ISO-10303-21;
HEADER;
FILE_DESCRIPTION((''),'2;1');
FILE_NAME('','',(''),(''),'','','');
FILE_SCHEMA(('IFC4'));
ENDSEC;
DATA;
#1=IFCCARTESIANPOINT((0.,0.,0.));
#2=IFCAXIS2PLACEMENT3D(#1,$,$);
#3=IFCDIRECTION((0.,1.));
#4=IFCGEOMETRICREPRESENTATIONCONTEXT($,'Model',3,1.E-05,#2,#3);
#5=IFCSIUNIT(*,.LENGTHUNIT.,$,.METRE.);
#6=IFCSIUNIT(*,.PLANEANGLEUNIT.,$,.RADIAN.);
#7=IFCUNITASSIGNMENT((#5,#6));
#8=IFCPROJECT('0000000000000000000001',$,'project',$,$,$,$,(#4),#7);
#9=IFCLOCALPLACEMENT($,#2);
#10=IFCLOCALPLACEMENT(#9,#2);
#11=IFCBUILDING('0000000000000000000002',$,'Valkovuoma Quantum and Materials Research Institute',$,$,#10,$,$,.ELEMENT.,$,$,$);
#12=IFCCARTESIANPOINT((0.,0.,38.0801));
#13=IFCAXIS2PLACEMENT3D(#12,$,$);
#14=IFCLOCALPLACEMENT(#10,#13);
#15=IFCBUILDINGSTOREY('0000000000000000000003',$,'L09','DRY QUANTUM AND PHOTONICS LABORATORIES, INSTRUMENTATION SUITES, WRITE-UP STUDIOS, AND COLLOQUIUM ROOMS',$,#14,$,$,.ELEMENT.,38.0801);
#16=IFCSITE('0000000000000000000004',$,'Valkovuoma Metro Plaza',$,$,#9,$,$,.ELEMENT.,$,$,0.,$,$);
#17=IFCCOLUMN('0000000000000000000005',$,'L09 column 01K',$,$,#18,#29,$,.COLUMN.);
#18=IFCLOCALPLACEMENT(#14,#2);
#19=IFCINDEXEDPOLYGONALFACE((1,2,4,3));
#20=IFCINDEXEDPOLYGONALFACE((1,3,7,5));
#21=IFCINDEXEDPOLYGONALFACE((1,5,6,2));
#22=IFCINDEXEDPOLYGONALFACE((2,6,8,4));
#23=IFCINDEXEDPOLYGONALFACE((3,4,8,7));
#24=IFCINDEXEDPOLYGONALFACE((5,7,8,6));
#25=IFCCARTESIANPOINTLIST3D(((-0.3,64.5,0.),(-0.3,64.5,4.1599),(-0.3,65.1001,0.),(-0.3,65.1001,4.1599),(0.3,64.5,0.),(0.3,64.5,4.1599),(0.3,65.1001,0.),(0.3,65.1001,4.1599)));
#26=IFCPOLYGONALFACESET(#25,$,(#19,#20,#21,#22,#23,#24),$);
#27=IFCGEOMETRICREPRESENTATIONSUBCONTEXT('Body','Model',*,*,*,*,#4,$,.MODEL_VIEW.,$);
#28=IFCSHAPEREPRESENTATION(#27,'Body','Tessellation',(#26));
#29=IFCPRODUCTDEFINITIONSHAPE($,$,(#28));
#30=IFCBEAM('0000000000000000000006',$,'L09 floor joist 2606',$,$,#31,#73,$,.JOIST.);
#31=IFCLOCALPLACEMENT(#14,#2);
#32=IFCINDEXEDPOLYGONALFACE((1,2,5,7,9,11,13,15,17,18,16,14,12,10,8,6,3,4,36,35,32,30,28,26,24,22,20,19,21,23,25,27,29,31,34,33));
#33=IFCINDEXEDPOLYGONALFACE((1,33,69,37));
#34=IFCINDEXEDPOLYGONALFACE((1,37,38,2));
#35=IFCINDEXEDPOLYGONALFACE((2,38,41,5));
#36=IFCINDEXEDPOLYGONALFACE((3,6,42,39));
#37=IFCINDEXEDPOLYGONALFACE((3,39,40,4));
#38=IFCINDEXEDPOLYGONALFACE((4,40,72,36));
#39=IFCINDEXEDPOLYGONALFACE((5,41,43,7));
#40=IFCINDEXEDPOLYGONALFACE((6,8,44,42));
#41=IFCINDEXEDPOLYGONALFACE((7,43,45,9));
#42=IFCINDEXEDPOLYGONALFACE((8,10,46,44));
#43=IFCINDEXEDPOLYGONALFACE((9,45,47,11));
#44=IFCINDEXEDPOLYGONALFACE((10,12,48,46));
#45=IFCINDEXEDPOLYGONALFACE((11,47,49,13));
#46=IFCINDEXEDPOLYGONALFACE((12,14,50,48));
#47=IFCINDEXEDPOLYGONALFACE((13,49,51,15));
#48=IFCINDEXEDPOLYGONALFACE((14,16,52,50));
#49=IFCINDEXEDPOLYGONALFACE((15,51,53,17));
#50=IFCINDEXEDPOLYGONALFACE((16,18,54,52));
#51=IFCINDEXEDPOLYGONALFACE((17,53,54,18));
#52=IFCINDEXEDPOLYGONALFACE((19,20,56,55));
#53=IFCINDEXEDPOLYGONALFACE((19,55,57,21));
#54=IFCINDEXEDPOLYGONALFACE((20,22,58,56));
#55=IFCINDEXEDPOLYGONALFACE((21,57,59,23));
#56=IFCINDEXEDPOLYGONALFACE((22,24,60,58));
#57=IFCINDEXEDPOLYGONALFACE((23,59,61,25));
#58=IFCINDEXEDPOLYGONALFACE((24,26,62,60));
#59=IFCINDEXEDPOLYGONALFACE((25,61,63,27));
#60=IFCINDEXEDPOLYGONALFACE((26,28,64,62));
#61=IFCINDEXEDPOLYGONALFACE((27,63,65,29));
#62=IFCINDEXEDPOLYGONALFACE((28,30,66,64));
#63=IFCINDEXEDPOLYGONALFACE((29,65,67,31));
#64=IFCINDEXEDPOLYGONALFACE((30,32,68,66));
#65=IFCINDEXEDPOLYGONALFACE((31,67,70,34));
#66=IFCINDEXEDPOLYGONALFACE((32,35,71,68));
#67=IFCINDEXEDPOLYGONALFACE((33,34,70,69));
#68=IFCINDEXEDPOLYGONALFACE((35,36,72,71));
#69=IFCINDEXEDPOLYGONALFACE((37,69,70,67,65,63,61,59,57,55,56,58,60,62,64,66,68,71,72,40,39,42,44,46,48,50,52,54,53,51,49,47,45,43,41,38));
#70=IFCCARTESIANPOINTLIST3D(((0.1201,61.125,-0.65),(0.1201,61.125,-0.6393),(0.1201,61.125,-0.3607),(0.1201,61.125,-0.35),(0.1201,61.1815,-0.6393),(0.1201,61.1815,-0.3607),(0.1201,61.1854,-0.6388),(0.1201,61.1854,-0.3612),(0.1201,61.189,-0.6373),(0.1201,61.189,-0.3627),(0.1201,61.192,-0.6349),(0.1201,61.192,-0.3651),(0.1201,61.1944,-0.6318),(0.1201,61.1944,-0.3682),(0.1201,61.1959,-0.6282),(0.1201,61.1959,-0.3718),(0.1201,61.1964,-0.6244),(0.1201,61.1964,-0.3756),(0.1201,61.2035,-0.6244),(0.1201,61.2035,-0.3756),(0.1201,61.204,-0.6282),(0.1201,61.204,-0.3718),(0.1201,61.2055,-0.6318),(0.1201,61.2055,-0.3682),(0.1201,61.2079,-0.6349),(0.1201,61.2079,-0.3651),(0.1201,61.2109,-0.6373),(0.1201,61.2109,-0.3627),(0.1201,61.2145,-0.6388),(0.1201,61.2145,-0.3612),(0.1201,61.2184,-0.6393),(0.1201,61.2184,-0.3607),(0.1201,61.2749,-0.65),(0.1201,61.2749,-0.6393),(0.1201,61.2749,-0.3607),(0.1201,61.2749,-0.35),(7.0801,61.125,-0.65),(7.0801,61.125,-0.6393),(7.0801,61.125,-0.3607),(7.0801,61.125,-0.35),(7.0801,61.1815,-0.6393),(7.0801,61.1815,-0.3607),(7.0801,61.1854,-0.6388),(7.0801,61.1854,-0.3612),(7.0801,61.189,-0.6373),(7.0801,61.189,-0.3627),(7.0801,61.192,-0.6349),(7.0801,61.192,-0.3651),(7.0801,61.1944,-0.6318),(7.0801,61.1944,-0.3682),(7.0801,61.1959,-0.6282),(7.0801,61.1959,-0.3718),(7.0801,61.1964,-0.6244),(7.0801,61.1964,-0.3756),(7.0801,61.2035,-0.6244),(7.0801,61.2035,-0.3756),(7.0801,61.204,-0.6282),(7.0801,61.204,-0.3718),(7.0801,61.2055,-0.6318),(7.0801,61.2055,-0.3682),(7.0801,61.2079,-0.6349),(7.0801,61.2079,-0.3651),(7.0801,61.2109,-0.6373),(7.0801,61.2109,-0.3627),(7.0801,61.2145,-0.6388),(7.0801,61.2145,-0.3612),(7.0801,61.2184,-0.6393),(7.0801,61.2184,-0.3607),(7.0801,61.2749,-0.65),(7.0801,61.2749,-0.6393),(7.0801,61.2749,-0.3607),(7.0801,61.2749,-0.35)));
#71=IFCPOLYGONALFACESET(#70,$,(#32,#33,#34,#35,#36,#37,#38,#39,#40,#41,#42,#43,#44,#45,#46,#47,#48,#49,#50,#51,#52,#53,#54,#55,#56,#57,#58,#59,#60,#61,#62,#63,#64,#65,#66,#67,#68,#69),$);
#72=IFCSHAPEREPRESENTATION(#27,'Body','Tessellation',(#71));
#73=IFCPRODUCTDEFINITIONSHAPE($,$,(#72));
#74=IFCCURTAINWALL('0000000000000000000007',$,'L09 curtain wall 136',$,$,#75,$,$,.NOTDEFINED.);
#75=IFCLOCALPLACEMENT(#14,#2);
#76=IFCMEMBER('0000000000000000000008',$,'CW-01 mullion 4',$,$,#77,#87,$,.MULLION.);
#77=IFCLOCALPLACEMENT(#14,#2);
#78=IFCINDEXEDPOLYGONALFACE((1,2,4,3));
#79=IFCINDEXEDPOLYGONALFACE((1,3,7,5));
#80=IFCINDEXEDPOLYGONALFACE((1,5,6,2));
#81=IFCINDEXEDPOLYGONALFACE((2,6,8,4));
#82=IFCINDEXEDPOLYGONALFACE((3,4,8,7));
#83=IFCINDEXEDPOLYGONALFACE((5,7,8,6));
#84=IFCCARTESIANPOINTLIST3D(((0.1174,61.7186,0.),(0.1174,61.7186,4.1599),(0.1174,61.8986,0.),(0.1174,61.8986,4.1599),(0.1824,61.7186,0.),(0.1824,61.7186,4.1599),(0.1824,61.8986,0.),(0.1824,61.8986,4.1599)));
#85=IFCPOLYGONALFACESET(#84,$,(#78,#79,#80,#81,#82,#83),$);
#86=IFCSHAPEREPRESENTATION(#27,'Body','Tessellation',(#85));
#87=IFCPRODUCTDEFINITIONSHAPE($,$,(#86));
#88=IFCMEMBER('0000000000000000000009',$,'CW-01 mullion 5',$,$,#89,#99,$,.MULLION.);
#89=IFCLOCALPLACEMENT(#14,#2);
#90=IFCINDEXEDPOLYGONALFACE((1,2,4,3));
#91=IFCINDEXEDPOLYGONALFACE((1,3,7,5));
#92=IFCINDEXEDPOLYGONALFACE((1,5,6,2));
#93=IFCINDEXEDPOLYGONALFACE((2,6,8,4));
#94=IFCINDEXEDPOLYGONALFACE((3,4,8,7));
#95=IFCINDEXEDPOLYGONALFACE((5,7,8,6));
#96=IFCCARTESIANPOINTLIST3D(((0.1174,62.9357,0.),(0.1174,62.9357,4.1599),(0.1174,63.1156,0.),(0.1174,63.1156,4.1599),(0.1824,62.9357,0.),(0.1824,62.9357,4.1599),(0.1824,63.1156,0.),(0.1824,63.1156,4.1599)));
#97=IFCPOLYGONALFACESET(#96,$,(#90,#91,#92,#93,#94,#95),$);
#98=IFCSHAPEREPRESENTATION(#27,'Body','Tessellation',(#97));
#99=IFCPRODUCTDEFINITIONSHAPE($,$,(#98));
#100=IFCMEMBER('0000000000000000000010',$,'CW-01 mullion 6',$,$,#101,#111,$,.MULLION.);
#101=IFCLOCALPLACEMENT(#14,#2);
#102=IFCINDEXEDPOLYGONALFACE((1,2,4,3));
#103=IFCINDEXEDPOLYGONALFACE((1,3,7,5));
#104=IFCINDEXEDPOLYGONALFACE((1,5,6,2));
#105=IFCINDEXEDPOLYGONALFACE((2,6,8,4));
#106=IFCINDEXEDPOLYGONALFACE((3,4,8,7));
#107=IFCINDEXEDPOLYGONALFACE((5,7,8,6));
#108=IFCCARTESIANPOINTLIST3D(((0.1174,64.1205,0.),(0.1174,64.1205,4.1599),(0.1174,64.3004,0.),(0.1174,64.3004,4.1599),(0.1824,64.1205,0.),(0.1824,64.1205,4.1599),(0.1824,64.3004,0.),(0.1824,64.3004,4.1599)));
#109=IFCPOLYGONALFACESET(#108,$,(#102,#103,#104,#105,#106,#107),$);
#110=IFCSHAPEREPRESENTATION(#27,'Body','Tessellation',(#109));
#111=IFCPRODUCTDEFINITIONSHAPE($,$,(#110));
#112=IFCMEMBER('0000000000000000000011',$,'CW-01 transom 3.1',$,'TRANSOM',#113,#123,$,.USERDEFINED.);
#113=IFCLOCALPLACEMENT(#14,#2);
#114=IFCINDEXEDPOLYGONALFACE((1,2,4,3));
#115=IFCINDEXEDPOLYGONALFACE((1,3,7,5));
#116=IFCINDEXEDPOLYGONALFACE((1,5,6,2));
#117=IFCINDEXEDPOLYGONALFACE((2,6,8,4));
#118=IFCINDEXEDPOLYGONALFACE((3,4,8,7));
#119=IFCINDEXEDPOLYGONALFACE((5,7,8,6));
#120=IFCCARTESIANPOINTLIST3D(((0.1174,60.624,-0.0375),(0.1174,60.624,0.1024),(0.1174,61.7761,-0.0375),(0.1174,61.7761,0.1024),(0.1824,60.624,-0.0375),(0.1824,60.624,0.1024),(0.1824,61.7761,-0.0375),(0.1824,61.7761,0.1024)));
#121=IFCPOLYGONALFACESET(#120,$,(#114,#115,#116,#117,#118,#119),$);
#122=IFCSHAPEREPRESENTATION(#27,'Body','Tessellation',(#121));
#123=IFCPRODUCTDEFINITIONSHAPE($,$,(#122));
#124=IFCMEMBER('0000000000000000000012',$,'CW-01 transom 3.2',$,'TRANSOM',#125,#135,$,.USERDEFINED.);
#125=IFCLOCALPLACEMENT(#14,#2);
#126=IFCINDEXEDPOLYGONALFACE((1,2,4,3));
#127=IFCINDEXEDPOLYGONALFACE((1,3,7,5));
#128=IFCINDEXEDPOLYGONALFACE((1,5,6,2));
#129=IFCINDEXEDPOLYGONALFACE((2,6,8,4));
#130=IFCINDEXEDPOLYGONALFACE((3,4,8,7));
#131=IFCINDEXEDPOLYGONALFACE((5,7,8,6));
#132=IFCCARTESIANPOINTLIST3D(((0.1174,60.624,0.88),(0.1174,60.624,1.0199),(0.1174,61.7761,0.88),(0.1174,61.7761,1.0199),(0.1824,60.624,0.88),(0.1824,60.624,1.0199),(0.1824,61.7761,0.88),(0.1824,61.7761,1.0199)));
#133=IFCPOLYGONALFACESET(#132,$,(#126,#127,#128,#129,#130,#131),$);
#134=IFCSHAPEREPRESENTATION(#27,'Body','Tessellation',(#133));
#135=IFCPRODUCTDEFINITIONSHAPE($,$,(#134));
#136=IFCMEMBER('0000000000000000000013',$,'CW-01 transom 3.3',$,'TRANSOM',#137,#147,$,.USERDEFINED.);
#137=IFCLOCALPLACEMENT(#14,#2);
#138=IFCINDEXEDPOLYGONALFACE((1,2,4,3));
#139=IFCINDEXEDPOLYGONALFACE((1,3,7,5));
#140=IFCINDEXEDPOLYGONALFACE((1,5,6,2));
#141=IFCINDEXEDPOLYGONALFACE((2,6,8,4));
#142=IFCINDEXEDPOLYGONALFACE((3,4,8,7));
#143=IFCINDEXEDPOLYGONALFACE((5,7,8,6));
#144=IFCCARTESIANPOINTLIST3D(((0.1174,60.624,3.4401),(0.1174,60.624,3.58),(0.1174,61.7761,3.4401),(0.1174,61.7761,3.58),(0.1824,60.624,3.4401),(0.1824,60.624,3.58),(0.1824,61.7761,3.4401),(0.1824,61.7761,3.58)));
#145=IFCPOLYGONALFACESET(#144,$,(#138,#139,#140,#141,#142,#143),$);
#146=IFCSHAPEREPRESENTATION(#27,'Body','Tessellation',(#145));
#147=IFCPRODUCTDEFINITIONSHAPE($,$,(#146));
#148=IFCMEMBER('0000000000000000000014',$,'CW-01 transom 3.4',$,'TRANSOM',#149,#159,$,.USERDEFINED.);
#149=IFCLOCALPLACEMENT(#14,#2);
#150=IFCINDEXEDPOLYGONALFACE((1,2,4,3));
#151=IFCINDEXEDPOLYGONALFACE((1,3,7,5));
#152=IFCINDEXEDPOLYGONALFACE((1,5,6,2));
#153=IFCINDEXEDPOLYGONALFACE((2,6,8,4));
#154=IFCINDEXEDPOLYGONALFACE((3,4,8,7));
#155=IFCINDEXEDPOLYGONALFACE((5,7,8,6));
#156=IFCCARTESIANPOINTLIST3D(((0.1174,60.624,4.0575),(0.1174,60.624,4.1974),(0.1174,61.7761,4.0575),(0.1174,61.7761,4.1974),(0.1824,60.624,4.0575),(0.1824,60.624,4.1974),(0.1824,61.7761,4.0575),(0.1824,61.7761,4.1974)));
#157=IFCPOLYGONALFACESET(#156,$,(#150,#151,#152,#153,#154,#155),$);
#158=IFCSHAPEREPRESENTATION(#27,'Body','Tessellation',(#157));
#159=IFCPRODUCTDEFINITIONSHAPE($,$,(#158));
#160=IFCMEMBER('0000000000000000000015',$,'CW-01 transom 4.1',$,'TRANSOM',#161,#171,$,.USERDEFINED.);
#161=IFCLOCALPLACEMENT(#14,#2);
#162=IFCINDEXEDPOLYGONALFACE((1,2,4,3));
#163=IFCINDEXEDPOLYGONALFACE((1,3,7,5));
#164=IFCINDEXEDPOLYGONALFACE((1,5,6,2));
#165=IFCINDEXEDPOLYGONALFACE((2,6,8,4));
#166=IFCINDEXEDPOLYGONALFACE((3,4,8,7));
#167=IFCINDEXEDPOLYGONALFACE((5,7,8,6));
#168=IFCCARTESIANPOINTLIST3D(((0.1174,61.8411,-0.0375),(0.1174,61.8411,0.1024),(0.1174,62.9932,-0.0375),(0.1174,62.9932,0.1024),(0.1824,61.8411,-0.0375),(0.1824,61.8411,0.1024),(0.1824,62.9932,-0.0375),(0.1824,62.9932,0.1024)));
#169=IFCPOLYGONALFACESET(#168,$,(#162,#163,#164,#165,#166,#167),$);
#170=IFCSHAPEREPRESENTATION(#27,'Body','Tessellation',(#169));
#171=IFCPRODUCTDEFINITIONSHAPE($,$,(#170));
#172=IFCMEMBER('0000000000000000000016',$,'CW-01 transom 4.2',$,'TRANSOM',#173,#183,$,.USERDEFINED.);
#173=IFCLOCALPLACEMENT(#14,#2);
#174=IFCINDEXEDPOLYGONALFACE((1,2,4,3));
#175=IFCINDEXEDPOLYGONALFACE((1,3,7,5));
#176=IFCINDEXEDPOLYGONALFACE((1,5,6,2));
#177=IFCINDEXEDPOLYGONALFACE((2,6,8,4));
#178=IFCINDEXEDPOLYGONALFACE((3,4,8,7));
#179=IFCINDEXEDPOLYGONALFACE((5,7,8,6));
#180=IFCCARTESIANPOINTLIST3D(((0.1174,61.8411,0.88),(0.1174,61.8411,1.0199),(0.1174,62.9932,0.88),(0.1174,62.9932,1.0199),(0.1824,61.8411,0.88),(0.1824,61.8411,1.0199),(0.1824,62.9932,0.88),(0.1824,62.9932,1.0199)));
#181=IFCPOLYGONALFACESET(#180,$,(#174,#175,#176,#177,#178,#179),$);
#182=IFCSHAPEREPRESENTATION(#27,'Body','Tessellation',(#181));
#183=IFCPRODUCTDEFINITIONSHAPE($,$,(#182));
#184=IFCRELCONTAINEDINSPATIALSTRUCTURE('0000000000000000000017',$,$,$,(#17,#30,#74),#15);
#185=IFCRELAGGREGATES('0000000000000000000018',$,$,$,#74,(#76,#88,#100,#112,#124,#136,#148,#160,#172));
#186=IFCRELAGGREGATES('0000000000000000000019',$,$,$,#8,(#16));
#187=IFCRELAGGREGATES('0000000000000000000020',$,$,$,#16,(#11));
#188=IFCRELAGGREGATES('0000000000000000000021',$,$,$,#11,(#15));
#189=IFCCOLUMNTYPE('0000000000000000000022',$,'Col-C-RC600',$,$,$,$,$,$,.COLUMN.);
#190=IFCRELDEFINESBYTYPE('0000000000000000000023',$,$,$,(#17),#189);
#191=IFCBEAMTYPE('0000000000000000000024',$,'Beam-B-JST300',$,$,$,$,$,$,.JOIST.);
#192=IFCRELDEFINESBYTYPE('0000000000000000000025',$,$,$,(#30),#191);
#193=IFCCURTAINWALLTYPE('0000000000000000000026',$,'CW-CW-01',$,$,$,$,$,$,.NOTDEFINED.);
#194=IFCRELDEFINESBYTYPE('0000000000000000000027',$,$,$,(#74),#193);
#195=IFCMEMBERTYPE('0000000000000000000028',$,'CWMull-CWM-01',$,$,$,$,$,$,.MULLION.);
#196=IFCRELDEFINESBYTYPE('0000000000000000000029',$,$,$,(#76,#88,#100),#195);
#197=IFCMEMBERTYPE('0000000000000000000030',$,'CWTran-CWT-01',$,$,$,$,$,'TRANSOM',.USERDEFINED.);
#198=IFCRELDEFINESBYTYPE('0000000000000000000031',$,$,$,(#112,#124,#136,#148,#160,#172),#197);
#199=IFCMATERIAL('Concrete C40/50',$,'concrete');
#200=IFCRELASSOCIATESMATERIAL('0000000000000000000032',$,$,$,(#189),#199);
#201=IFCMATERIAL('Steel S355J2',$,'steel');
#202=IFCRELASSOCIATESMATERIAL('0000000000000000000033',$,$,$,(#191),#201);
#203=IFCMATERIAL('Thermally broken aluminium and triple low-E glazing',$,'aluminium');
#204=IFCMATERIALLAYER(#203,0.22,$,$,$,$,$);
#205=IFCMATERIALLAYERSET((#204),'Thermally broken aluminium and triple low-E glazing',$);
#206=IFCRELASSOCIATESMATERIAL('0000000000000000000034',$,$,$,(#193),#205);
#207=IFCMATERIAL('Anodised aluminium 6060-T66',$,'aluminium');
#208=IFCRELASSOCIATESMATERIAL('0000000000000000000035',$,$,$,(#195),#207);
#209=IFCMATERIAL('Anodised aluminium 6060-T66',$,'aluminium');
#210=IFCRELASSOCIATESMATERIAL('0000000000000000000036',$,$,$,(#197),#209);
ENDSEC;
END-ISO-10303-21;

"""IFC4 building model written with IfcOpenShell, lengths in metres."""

from ifc_helpers import new_model, si_unit, direction, frame, origin, origin_2d, place, context, subcontext, project, spatial, rectangle, i_section, extrude, material, layer, layer_set, material_profile, profile_set, type_object, element, aggregate, save


model = new_model("IFC4")

# Units and contexts
model_context = context("Model", 3, precision=1e-05, world=origin(), true_north=direction((0.0, 1.0)))
body_context = subcontext(model_context, "Body", "Model", "MODEL_VIEW")
ifc_project = project(units=[si_unit("LENGTHUNIT", "METRE"), si_unit("PLANEANGLEUNIT", "RADIAN")], contexts=[model_context])

# Site, building, storey
site_placement = place(None, origin())
site = spatial("IfcSite", under=ifc_project, at=site_placement, Name="Valkovuoma Metro Plaza", CompositionType="ELEMENT", RefElevation=0.0)
building_placement = place(site_placement, origin())
building = spatial("IfcBuilding", under=site, at=building_placement, Name="Valkovuoma Quantum and Materials Research Institute", CompositionType="ELEMENT")
storey_placement = place(building_placement, frame((0.0, 0.0, 38.0801)))
storey = spatial("IfcBuildingStorey", under=building, at=storey_placement, Name="L09", Description="DRY QUANTUM AND PHOTONICS LABORATORIES, INSTRUMENTATION SUITES, WRITE-UP STUDIOS, AND COLLOQUIUM ROOMS", CompositionType="ELEMENT", Elevation=38.0801)

# Column
ifc_material_1 = material(Name="Concrete C40/50", Category="concrete")
ifc_material_profile_1 = material_profile(ifc_material_1, rectangle(XDim=0.6001, YDim=0.6001, at=origin_2d()), Name="Concrete C40/50")
ifc_profile_set_1 = profile_set([ifc_material_profile_1], Name="Concrete C40/50")
column_type = type_object("IfcColumnType", Name="Col-C-RC600", PredefinedType="COLUMN", material=ifc_profile_set_1)
column_placement = place(storey_placement, frame((0.0, 64.8, 0.0), z_axis=(0.0, 0.0, 1.0), x_axis=(1.0, 0.0, 0.0)))
element("IfcColumn", 1, at=column_placement, inside=storey, type_object=column_type, Name="L09 column 01K", PredefinedType="COLUMN", context=body_context, shape_type="SweptSolid", body=[
    extrude(rectangle(XDim=0.6001, YDim=0.6001, at=origin_2d()), origin(), (0.0, 0.0, 1.0), 4.1599),
])

# Beam
ifc_material_2 = material(Name="Steel S355J2", Category="steel")
ifc_material_profile_2 = material_profile(ifc_material_2, i_section(OverallWidth=0.1499, OverallDepth=0.3, WebThickness=0.0071, FlangeThickness=0.0107, FilletRadius=0.0149, at=origin_2d()), Name="Steel S355J2")
ifc_profile_set_2 = profile_set([ifc_material_profile_2], Name="Steel S355J2")
beam_type = type_object("IfcBeamType", Name="Beam-B-JST300", PredefinedType="JOIST", material=ifc_profile_set_2)
beam_placement = place(storey_placement, frame((0.1201, 61.2, -0.5), z_axis=(1.0, 0.0, 0.0), x_axis=(0.0, 1.0, 0.0)))
element("IfcBeam", 2, at=beam_placement, inside=storey, type_object=beam_type, Name="L09 floor joist 2606", PredefinedType="JOIST", context=body_context, shape_type="SweptSolid", body=[
    extrude(i_section(OverallWidth=0.1499, OverallDepth=0.3, WebThickness=0.0071, FlangeThickness=0.0107, FilletRadius=0.0149, at=origin_2d()), origin(), (0.0, 0.0, 1.0), 6.96),
])

# Curtain wall, members
ifc_material_3 = material(Name="Thermally broken aluminium and triple low-E glazing", Category="aluminium")
ifc_layer_1 = layer(ifc_material_3, 0.22)
ifc_layer_set_1 = layer_set([ifc_layer_1], Name="Thermally broken aluminium and triple low-E glazing")
curtain_wall_type = type_object("IfcCurtainWallType", Name="CW-CW-01", PredefinedType="NOTDEFINED", material=ifc_layer_set_1)
curtain_wall_placement = place(storey_placement, origin())
curtain_wall = element("IfcCurtainWall", 3, at=curtain_wall_placement, inside=storey, type_object=curtain_wall_type, Name="L09 curtain wall 136", PredefinedType="NOTDEFINED")
ifc_material_4 = material(Name="Anodised aluminium 6060-T66", Category="aluminium")
ifc_material_profile_3 = material_profile(ifc_material_4, rectangle(XDim=0.0649, YDim=0.1799, at=origin_2d()), Name="Anodised aluminium 6060-T66")
ifc_profile_set_3 = profile_set([ifc_material_profile_3], Name="Anodised aluminium 6060-T66")
member_type_1 = type_object("IfcMemberType", Name="CWMull-CWM-01", PredefinedType="MULLION", material=ifc_profile_set_3)
member_1_placement = place(storey_placement, frame((0.1499, 61.8086, 0.0), z_axis=(0.0, 0.0, 1.0), x_axis=(-1.0, 0.0, 0.0)))
member_1 = element("IfcMember", 4, at=member_1_placement, type_object=member_type_1, Name="CW-01 mullion 4", PredefinedType="MULLION", context=body_context, shape_type="SweptSolid", body=[
    extrude(rectangle(XDim=0.0649, YDim=0.1799, at=origin_2d()), origin(), (0.0, 0.0, 1.0), 4.1599),
])
member_2_placement = place(storey_placement, frame((0.1499, 63.0256, 0.0), z_axis=(0.0, 0.0, 1.0), x_axis=(-1.0, 0.0, 0.0)))
member_2 = element("IfcMember", 5, at=member_2_placement, type_object=member_type_1, Name="CW-01 mullion 5", PredefinedType="MULLION", context=body_context, shape_type="SweptSolid", body=[
    extrude(rectangle(XDim=0.0649, YDim=0.1799, at=origin_2d()), origin(), (0.0, 0.0, 1.0), 4.1599),
])
member_3_placement = place(storey_placement, frame((0.1499, 64.2104, 0.0), z_axis=(0.0, 0.0, 1.0), x_axis=(-1.0, 0.0, 0.0)))
member_3 = element("IfcMember", 6, at=member_3_placement, type_object=member_type_1, Name="CW-01 mullion 6", PredefinedType="MULLION", context=body_context, shape_type="SweptSolid", body=[
    extrude(rectangle(XDim=0.0649, YDim=0.1799, at=origin_2d()), origin(), (0.0, 0.0, 1.0), 4.1599),
])
ifc_material_5 = material(Name="Anodised aluminium 6060-T66", Category="aluminium")
ifc_material_profile_4 = material_profile(ifc_material_5, rectangle(XDim=0.0649, YDim=0.1399, at=origin_2d()), Name="Anodised aluminium 6060-T66")
ifc_profile_set_4 = profile_set([ifc_material_profile_4], Name="Anodised aluminium 6060-T66")
member_type_2 = type_object("IfcMemberType", Name="CWTran-CWT-01", ElementType="TRANSOM", PredefinedType="USERDEFINED", material=ifc_profile_set_4)
member_4_placement = place(storey_placement, frame((0.1499, 60.624, 0.0325), z_axis=(0.0, 1.0, 0.0), x_axis=(-1.0, 0.0, 0.0)))
member_4 = element("IfcMember", 7, at=member_4_placement, type_object=member_type_2, Name="CW-01 transom 3.1", ObjectType="TRANSOM", PredefinedType="USERDEFINED", context=body_context, shape_type="SweptSolid", body=[
    extrude(rectangle(XDim=0.0649, YDim=0.1399, at=origin_2d()), origin(), (0.0, 0.0, 1.0), 1.1521),
])
member_5_placement = place(storey_placement, frame((0.1499, 60.624, 0.95), z_axis=(0.0, 1.0, 0.0), x_axis=(-1.0, 0.0, 0.0)))
member_5 = element("IfcMember", 8, at=member_5_placement, type_object=member_type_2, Name="CW-01 transom 3.2", ObjectType="TRANSOM", PredefinedType="USERDEFINED", context=body_context, shape_type="SweptSolid", body=[
    extrude(rectangle(XDim=0.0649, YDim=0.1399, at=origin_2d()), origin(), (0.0, 0.0, 1.0), 1.1521),
])
member_6_placement = place(storey_placement, frame((0.1499, 60.624, 3.51), z_axis=(0.0, 1.0, 0.0), x_axis=(-1.0, 0.0, 0.0)))
member_6 = element("IfcMember", 9, at=member_6_placement, type_object=member_type_2, Name="CW-01 transom 3.3", ObjectType="TRANSOM", PredefinedType="USERDEFINED", context=body_context, shape_type="SweptSolid", body=[
    extrude(rectangle(XDim=0.0649, YDim=0.1399, at=origin_2d()), origin(), (0.0, 0.0, 1.0), 1.1521),
])
member_7_placement = place(storey_placement, frame((0.1499, 60.624, 4.1274), z_axis=(0.0, 1.0, 0.0), x_axis=(-1.0, 0.0, 0.0)))
member_7 = element("IfcMember", 10, at=member_7_placement, type_object=member_type_2, Name="CW-01 transom 3.4", ObjectType="TRANSOM", PredefinedType="USERDEFINED", context=body_context, shape_type="SweptSolid", body=[
    extrude(rectangle(XDim=0.0649, YDim=0.1399, at=origin_2d()), origin(), (0.0, 0.0, 1.0), 1.1521),
])
member_8_placement = place(storey_placement, frame((0.1499, 61.8411, 0.0325), z_axis=(0.0, 1.0, 0.0), x_axis=(-1.0, 0.0, 0.0)))
member_8 = element("IfcMember", 11, at=member_8_placement, type_object=member_type_2, Name="CW-01 transom 4.1", ObjectType="TRANSOM", PredefinedType="USERDEFINED", context=body_context, shape_type="SweptSolid", body=[
    extrude(rectangle(XDim=0.0649, YDim=0.1399, at=origin_2d()), origin(), (0.0, 0.0, 1.0), 1.1521),
])
member_9_placement = place(storey_placement, frame((0.1499, 61.8411, 0.95), z_axis=(0.0, 1.0, 0.0), x_axis=(-1.0, 0.0, 0.0)))
member_9 = element("IfcMember", 12, at=member_9_placement, type_object=member_type_2, Name="CW-01 transom 4.2", ObjectType="TRANSOM", PredefinedType="USERDEFINED", context=body_context, shape_type="SweptSolid", body=[
    extrude(rectangle(XDim=0.0649, YDim=0.1399, at=origin_2d()), origin(), (0.0, 0.0, 1.0), 1.1521),
])
aggregate(curtain_wall, [member_1, member_2, member_3, member_4, member_5, member_6, member_7, member_8, member_9])

save(model, "model.ifc")
